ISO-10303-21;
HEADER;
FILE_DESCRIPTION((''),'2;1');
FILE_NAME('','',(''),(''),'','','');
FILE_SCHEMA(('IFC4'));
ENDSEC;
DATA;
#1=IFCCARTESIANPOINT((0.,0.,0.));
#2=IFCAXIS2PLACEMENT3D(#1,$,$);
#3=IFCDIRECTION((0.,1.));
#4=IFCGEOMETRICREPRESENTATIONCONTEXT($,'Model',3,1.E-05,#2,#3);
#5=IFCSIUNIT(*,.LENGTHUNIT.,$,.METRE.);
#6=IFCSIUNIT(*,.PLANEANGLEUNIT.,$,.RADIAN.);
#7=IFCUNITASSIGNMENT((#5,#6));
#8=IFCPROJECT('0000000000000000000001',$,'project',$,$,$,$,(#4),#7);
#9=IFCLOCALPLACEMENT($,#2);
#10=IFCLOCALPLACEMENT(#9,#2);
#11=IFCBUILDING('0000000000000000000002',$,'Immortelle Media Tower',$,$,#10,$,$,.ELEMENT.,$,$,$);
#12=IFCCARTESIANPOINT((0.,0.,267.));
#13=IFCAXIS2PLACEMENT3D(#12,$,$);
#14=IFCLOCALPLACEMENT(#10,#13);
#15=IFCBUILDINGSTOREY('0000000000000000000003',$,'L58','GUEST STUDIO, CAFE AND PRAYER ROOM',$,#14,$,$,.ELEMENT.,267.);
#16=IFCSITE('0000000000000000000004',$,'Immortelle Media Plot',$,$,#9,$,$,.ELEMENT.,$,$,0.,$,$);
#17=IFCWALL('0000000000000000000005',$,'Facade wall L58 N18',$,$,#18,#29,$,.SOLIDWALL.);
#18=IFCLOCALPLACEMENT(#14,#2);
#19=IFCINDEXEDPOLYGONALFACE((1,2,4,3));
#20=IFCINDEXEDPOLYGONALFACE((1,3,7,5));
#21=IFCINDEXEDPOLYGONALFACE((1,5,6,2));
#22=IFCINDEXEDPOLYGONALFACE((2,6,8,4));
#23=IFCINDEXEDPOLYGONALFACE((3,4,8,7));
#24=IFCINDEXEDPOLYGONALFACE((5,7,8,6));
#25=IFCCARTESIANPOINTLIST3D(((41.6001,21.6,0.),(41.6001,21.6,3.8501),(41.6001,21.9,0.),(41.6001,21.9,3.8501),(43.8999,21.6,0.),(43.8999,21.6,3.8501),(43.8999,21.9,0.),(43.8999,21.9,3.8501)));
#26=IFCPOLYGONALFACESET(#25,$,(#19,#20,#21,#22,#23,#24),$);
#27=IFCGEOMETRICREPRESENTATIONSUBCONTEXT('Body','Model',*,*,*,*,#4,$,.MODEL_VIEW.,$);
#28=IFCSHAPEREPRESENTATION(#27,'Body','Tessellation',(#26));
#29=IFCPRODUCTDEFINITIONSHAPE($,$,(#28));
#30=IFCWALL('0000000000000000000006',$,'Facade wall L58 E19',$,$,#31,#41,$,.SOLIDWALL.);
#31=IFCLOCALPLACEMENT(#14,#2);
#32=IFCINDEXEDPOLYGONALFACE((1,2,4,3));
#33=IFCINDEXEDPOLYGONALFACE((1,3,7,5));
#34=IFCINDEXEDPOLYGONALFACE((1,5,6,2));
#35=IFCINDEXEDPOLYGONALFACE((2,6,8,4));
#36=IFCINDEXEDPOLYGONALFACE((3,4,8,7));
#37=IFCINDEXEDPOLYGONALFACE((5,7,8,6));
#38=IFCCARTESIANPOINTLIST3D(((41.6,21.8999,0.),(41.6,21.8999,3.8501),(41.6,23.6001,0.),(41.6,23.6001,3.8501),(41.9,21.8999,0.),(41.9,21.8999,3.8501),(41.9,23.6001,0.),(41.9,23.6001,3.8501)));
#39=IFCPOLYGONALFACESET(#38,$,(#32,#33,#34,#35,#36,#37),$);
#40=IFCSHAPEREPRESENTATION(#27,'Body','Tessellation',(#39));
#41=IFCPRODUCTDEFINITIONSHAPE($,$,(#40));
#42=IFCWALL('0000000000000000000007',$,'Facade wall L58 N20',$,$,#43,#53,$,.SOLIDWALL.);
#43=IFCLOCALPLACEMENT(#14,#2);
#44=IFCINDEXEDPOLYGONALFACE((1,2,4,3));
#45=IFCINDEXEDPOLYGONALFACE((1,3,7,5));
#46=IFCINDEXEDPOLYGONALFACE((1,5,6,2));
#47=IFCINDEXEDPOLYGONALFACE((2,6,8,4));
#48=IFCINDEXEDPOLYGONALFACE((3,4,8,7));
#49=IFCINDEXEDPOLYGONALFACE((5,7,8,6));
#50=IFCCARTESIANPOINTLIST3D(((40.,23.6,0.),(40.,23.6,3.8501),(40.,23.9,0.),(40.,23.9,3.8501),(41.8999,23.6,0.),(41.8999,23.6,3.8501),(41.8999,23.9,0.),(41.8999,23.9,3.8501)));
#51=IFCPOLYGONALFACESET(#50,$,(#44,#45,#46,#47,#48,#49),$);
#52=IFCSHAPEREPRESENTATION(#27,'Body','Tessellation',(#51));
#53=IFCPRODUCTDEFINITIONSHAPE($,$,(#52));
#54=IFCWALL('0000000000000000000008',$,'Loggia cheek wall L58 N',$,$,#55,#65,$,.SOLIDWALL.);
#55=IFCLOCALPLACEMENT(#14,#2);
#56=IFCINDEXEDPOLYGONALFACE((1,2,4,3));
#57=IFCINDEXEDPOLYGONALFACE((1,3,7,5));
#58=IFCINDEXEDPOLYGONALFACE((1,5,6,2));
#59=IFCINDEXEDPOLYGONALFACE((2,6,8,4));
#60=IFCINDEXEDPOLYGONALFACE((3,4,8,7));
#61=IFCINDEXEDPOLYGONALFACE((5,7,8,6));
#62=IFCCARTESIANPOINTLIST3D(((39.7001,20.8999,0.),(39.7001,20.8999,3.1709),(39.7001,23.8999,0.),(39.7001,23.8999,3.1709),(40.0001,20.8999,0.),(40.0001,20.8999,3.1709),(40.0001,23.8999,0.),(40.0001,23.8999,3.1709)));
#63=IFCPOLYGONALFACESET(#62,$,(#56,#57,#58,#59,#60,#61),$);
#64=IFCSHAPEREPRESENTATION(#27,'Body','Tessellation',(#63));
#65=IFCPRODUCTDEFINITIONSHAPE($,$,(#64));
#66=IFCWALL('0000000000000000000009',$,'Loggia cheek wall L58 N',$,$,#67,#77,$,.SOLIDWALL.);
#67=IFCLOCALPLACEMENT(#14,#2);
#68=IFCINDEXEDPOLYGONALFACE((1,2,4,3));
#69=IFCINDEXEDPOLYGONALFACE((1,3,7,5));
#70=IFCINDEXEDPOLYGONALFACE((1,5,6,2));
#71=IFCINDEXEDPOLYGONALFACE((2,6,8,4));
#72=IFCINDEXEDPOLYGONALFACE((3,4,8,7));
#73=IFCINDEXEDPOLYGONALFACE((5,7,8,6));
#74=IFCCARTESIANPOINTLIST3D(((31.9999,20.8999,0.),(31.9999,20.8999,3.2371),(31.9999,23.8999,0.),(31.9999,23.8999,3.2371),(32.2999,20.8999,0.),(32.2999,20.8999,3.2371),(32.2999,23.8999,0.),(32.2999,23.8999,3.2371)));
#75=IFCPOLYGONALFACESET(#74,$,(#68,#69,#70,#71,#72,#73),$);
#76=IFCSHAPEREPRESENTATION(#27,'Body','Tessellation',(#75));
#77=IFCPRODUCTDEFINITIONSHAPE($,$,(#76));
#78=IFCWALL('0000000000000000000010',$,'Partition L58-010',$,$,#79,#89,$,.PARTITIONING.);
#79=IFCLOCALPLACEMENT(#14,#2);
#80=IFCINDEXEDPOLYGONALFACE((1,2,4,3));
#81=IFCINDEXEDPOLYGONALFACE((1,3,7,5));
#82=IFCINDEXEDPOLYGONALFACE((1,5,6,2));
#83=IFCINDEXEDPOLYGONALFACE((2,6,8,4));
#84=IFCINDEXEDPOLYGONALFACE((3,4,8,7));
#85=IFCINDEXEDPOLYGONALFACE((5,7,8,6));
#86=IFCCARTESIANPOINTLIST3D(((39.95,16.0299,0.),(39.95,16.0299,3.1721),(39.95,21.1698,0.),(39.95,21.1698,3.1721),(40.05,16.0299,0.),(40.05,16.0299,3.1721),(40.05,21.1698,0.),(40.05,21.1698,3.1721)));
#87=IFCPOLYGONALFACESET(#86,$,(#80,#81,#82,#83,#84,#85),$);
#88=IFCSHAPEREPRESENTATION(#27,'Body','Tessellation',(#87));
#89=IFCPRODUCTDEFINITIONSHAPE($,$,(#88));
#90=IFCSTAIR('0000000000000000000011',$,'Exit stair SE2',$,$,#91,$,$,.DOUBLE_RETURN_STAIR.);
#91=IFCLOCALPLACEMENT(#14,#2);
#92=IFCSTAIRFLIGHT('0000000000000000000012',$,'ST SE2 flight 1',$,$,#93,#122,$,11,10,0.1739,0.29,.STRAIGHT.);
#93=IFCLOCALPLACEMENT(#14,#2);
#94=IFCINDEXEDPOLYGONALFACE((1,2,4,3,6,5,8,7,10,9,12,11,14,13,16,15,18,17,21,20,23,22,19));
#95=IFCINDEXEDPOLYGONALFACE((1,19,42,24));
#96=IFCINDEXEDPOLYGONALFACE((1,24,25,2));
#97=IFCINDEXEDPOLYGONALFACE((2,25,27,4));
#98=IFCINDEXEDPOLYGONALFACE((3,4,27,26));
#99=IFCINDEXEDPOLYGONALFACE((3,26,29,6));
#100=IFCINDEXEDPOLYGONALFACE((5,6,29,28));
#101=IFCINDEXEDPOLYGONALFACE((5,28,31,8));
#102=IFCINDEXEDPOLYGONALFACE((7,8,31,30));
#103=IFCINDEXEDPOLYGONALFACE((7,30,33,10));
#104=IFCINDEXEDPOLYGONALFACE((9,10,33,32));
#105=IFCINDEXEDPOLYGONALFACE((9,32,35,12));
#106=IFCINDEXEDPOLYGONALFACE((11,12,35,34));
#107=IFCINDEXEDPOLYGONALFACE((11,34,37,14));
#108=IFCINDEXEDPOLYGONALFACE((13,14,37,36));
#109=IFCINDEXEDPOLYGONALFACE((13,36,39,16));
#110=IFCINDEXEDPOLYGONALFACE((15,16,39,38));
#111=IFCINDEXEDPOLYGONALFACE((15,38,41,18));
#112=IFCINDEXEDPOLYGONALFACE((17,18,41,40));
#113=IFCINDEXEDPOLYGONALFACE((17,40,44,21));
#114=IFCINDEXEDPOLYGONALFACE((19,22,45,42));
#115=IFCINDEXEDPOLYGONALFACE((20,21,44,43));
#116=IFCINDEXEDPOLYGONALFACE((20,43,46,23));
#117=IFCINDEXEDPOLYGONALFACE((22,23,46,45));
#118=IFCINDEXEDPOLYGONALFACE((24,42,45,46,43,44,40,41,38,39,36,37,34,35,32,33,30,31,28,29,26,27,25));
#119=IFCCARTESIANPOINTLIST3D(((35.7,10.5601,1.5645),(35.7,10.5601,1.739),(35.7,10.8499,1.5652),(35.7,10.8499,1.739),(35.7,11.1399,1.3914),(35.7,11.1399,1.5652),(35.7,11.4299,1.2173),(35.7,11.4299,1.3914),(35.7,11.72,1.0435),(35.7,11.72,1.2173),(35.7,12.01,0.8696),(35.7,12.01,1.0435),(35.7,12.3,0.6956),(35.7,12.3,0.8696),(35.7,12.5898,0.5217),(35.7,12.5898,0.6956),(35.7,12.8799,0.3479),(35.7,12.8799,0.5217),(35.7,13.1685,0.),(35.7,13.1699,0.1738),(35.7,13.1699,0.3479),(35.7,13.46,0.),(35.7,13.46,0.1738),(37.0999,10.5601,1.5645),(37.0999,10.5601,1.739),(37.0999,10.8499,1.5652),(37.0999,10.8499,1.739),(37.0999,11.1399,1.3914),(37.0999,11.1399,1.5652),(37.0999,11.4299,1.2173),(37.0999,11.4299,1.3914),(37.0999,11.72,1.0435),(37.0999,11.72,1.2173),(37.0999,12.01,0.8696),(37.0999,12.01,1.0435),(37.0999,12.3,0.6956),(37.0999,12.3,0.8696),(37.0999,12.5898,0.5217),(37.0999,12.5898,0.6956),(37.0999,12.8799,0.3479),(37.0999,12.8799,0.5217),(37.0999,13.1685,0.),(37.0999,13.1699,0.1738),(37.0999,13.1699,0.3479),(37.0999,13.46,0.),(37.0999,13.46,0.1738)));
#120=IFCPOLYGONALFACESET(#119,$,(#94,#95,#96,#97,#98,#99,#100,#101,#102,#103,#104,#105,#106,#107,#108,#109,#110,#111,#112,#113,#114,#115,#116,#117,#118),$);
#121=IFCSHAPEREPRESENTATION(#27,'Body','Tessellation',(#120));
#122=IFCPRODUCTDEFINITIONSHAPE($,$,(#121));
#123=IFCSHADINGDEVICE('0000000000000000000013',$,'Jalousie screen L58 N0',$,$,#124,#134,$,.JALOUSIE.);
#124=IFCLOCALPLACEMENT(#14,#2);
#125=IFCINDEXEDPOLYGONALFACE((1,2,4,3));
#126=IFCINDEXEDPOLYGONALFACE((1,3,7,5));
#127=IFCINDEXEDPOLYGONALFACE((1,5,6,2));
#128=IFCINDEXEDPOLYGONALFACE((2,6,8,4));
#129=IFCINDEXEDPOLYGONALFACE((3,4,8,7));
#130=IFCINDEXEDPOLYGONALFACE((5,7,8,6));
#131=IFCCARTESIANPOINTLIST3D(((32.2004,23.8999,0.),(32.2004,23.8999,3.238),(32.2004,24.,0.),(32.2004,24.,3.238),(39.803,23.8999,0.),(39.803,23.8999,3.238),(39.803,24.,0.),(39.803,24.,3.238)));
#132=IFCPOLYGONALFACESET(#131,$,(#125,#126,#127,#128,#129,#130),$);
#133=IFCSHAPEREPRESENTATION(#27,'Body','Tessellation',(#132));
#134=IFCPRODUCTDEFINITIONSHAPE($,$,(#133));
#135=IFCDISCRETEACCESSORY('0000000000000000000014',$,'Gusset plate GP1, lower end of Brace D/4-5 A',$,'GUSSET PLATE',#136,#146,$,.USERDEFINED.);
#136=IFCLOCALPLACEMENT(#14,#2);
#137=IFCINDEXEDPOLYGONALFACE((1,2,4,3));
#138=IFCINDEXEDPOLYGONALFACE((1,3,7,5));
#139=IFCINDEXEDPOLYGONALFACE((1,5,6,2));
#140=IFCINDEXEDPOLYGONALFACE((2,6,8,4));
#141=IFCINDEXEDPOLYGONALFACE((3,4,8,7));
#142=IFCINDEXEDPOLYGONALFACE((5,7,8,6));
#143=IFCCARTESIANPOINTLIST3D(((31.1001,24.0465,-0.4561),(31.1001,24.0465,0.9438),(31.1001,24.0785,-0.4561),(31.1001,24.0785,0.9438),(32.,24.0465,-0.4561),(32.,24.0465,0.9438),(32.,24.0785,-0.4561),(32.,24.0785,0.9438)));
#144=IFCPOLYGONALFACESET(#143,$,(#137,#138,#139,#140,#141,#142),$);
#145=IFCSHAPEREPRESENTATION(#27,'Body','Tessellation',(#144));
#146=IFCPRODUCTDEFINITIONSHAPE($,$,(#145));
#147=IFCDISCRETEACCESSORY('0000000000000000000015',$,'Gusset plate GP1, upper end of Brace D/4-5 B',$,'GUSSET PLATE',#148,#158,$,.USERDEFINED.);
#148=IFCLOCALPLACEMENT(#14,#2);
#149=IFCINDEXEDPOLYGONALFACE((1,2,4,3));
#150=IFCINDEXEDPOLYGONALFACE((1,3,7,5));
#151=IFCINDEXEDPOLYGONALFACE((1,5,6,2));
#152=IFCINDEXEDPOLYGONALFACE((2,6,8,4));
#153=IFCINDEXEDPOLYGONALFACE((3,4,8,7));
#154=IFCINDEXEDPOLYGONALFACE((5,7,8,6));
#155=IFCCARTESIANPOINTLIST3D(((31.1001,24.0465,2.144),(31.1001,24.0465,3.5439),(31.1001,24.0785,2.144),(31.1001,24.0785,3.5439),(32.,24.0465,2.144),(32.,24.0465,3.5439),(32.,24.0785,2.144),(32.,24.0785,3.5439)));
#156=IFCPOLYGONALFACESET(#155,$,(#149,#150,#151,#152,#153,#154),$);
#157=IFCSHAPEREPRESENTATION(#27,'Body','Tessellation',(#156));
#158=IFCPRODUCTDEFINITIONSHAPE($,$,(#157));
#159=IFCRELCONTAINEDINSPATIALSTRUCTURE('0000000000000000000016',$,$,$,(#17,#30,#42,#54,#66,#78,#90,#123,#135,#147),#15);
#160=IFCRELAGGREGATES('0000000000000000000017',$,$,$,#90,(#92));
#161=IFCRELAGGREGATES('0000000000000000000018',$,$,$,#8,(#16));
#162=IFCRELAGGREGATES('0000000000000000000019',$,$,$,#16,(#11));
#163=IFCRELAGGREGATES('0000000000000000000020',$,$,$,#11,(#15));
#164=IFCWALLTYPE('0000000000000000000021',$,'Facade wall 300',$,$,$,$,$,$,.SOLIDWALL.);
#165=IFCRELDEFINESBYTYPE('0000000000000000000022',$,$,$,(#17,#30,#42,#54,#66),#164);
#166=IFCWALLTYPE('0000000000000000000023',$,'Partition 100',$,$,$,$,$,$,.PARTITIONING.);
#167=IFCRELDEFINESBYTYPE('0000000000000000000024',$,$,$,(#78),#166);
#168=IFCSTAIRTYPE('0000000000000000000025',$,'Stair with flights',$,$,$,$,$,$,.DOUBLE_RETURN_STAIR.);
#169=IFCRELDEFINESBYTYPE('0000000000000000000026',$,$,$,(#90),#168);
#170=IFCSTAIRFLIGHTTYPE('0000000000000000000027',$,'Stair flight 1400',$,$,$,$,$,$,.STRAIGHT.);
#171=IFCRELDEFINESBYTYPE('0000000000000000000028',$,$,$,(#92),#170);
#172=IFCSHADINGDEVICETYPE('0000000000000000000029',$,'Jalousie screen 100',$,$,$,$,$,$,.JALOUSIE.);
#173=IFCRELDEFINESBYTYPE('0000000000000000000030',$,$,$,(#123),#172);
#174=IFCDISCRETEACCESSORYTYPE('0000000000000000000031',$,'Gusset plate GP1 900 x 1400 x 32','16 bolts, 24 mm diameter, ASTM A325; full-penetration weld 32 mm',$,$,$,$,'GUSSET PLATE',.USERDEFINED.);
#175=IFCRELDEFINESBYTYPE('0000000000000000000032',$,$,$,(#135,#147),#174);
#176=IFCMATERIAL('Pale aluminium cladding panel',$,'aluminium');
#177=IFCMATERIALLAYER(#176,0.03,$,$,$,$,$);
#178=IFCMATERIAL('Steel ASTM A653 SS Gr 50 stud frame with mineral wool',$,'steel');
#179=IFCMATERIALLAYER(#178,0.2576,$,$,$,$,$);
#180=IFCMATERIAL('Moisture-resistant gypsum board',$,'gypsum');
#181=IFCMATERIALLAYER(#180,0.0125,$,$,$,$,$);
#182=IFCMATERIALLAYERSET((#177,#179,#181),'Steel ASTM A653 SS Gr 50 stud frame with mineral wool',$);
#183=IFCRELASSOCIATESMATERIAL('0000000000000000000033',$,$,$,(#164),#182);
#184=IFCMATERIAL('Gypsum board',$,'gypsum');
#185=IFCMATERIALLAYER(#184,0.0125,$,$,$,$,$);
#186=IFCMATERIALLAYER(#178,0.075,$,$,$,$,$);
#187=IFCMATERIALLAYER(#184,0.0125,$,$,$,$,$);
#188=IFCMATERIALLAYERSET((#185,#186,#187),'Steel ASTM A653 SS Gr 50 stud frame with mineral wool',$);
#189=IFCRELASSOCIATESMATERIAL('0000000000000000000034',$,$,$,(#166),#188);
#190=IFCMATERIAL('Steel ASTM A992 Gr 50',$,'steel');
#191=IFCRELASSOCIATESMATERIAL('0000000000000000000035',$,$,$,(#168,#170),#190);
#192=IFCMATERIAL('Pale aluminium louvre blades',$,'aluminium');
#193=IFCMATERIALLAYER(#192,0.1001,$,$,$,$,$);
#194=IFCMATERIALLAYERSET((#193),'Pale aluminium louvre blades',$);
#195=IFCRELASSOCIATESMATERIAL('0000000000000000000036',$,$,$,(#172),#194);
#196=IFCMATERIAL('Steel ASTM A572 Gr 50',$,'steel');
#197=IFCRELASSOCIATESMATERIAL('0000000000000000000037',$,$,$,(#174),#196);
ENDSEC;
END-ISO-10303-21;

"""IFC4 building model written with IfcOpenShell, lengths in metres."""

from ifc_helpers import new_model, si_unit, direction, frame, frame_2d, origin, origin_2d, place, context, subcontext, project, spatial, polyline, rectangle, outline, extrude, material, layer, layer_set, material_profile, profile_set, type_object, element, aggregate, save


model = new_model("IFC4")

# Units and contexts
model_context = context("Model", 3, precision=1e-05, world=origin(), true_north=direction((0.0, 1.0)))
body_context = subcontext(model_context, "Body", "Model", "MODEL_VIEW")
ifc_project = project(units=[si_unit("LENGTHUNIT", "METRE"), si_unit("PLANEANGLEUNIT", "RADIAN")], contexts=[model_context])

# Site, building, storey
site_placement = place(None, origin())
site = spatial("IfcSite", under=ifc_project, at=site_placement, Name="Immortelle Media Plot", CompositionType="ELEMENT", RefElevation=0.0)
building_placement = place(site_placement, origin())
building = spatial("IfcBuilding", under=site, at=building_placement, Name="Immortelle Media Tower", CompositionType="ELEMENT")
storey_placement = place(building_placement, frame((0.0, 0.0, 267.0)))
storey = spatial("IfcBuildingStorey", under=building, at=storey_placement, Name="L58", Description="GUEST STUDIO, CAFE AND PRAYER ROOM", CompositionType="ELEMENT", Elevation=267.0)

# Shared definitions
ifc_material_1 = material(Name="Steel ASTM A992 Gr 50", Category="steel")

# Walls
ifc_material_2 = material(Name="Steel ASTM A653 SS Gr 50 stud frame with mineral wool", Category="steel")
ifc_material_3 = material(Name="Pale aluminium cladding panel", Category="aluminium")
ifc_layer_1 = layer(ifc_material_3, 0.03)
ifc_layer_2 = layer(ifc_material_2, 0.2576)
ifc_material_4 = material(Name="Moisture-resistant gypsum board", Category="gypsum")
ifc_layer_3 = layer(ifc_material_4, 0.0125)
ifc_layer_set_1 = layer_set([ifc_layer_1, ifc_layer_2, ifc_layer_3], Name="Steel ASTM A653 SS Gr 50 stud frame with mineral wool")
wall_type_1 = type_object("IfcWallType", Name="Facade wall 300", PredefinedType="SOLIDWALL", material=ifc_layer_set_1)
wall_1_placement = place(storey_placement, frame((43.8999, 21.75, 0.0), z_axis=(0.0, 0.0, 1.0), x_axis=(-1.0, 0.0, 0.0)))
element("IfcWall", 1, at=wall_1_placement, inside=storey, type_object=wall_type_1, Name="Facade wall L58 N18", PredefinedType="SOLIDWALL", context=body_context, shape_type="SweptSolid", body=[
    extrude(rectangle(XDim=2.2998, YDim=0.3, at=frame_2d((1.1499, 0.0))), origin(), (0.0, 0.0, 1.0), 3.8501),
])
wall_2_placement = place(storey_placement, frame((41.75, 21.8999, 0.0), z_axis=(0.0, 0.0, 1.0), x_axis=(0.0, 1.0, 0.0)))
element("IfcWall", 2, at=wall_2_placement, inside=storey, type_object=wall_type_1, Name="Facade wall L58 E19", PredefinedType="SOLIDWALL", context=body_context, shape_type="SweptSolid", body=[
    extrude(rectangle(XDim=1.7002, YDim=0.3, at=frame_2d((0.8501, 0.0))), origin(), (0.0, 0.0, 1.0), 3.8501),
])
wall_3_placement = place(storey_placement, frame((41.8999, 23.75, 0.0), z_axis=(0.0, 0.0, 1.0), x_axis=(-1.0, 0.0, 0.0)))
element("IfcWall", 3, at=wall_3_placement, inside=storey, type_object=wall_type_1, Name="Facade wall L58 N20", PredefinedType="SOLIDWALL", context=body_context, shape_type="SweptSolid", body=[
    extrude(rectangle(XDim=1.8999, YDim=0.3, at=frame_2d((0.95, 0.0))), origin(), (0.0, 0.0, 1.0), 3.8501),
])

# Walls
wall_4_placement = place(storey_placement, frame((39.8501, 23.8999, 0.0), z_axis=(0.0, 0.0, 1.0), x_axis=(0.0, -1.0, 0.0)))
element("IfcWall", 4, at=wall_4_placement, inside=storey, type_object=wall_type_1, Name="Loggia cheek wall L58 N", PredefinedType="SOLIDWALL", context=body_context, shape_type="SweptSolid", body=[
    extrude(rectangle(XDim=3.0, YDim=0.3, at=frame_2d((1.5, 0.0))), origin(), (0.0, 0.0, 1.0), 3.1709),
])
wall_5_placement = place(storey_placement, frame((32.1499, 23.8999, 0.0), z_axis=(0.0, 0.0, 1.0), x_axis=(0.0, -1.0, 0.0)))
element("IfcWall", 5, at=wall_5_placement, inside=storey, type_object=wall_type_1, Name="Loggia cheek wall L58 N", PredefinedType="SOLIDWALL", context=body_context, shape_type="SweptSolid", body=[
    extrude(rectangle(XDim=3.0, YDim=0.3, at=frame_2d((1.5, 0.0))), origin(), (0.0, 0.0, 1.0), 3.2371),
])
ifc_material_5 = material(Name="Gypsum board", Category="gypsum")
ifc_layer_4 = layer(ifc_material_5, 0.0125)
ifc_layer_5 = layer(ifc_material_2, 0.075)
ifc_layer_6 = layer(ifc_material_5, 0.0125)
ifc_layer_set_2 = layer_set([ifc_layer_4, ifc_layer_5, ifc_layer_6], Name="Steel ASTM A653 SS Gr 50 stud frame with mineral wool")
wall_type_2 = type_object("IfcWallType", Name="Partition 100", PredefinedType="PARTITIONING", material=ifc_layer_set_2)
wall_6_placement = place(storey_placement, frame((40.0, 16.03, 0.0), z_axis=(0.0, 0.0, 1.0), x_axis=(0.0, 1.0, 0.0)))
element("IfcWall", 6, at=wall_6_placement, inside=storey, type_object=wall_type_2, Name="Partition L58-010", PredefinedType="PARTITIONING", context=body_context, shape_type="SweptSolid", body=[
    extrude(rectangle(XDim=5.1399, YDim=0.1001, at=frame_2d((2.5698, 0.0))), origin(), (0.0, 0.0, 1.0), 3.1721),
])

# Stair, stair flight
stair_type = type_object("IfcStairType", Name="Stair with flights", PredefinedType="DOUBLE_RETURN_STAIR", material=ifc_material_1)
stair_placement = place(storey_placement, origin())
stair = element("IfcStair", 7, at=stair_placement, inside=storey, type_object=stair_type, Name="Exit stair SE2", PredefinedType="DOUBLE_RETURN_STAIR")
stair_flight_type = type_object("IfcStairFlightType", Name="Stair flight 1400", PredefinedType="STRAIGHT", material=ifc_material_1)
stair_flight_placement = place(storey_placement, frame((36.3999, 13.46, 0.0), z_axis=(0.0, 0.0, 1.0), x_axis=(0.0, -1.0, 0.0)))
stair_flight = element("IfcStairFlight", 8, at=stair_flight_placement, type_object=stair_flight_type, Name="ST SE2 flight 1", NumberOfRisers=11, NumberOfTreads=10, PredefinedType="STRAIGHT", RiserHeight=0.1739, TreadLength=0.29, context=body_context, shape_type="SweptSolid", body=[
    extrude(outline(polyline([(0.0, 0.0), (0.0, 0.1738), (0.29, 0.1738), (0.29, 0.3479), (0.5801, 0.3479), (0.5801, 0.5217), (0.8701, 0.5217), (0.8701, 0.6956), (1.1599, 0.6956), (1.1599, 0.8696), (1.45, 0.8696), (1.45, 1.0435), (1.74, 1.0435), (1.74, 1.2173), (2.03, 1.2173), (2.03, 1.3914), (2.3201, 1.3914), (2.3201, 1.5652), (2.6101, 1.5652), (2.6101, 1.739), (2.8999, 1.739), (2.8999, 1.9131), (2.8999, 1.5645), (0.2915, 0.0), (0.0, 0.0)])), frame((0.0, 0.7, 0.0), z_axis=(0.0, -1.0, 0.0), x_axis=(1.0, 0.0, 0.0)), (0.0, 0.0, 1.0), 1.3999),
])
aggregate(stair, [stair_flight])

# Shading device
ifc_material_6 = material(Name="Pale aluminium louvre blades", Category="aluminium")
ifc_layer_7 = layer(ifc_material_6, 0.1001)
ifc_layer_set_3 = layer_set([ifc_layer_7], Name="Pale aluminium louvre blades")
shading_device_type = type_object("IfcShadingDeviceType", Name="Jalousie screen 100", PredefinedType="JALOUSIE", material=ifc_layer_set_3)
shading_device_placement = place(storey_placement, frame((36.0017, 23.95, 0.0), z_axis=(0.0, 0.0, 1.0), x_axis=(-1.0, 0.0, 0.0)))
element("IfcShadingDevice", 9, at=shading_device_placement, inside=storey, type_object=shading_device_type, Name="Jalousie screen L58 N0", PredefinedType="JALOUSIE", context=body_context, shape_type="SweptSolid", body=[
    extrude(rectangle(XDim=7.6025, YDim=0.1001, at=origin_2d()), origin(), (0.0, 0.0, 1.0), 3.238),
])

# Discrete accessories
ifc_material_7 = material(Name="Steel ASTM A572 Gr 50", Category="steel")
ifc_material_profile_1 = material_profile(ifc_material_7, rectangle(XDim=0.032, YDim=1.3999, at=origin_2d()), Name="PL 32 x 1400")
ifc_profile_set_1 = profile_set([ifc_material_profile_1], Name="Steel ASTM A572 Gr 50")
discrete_accessory_type = type_object("IfcDiscreteAccessoryType", Name="Gusset plate GP1 900 x 1400 x 32", Description="16 bolts, 24 mm diameter, ASTM A325; full-penetration weld 32 mm", ElementType="GUSSET PLATE", PredefinedType="USERDEFINED", material=ifc_profile_set_1)
for number, where, z_axis, x_axis, name in (
    (10, (32.0, 24.0625, 0.2439), (-1.0, 0.0, 0.0), (0.0, -1.0, 0.0), "Gusset plate GP1, lower end of Brace D/4-5 A"),
    (11, (32.0, 24.0625, 2.844), (-1.0, 0.0, 0.0), (0.0, -1.0, 0.0), "Gusset plate GP1, upper end of Brace D/4-5 B"),
):
    element("IfcDiscreteAccessory", number, at=place(storey_placement, frame(where, z_axis=z_axis, x_axis=x_axis)), inside=storey, type_object=discrete_accessory_type, Name=name, ObjectType="GUSSET PLATE", PredefinedType="USERDEFINED", context=body_context, shape_type="SweptSolid", body=[
        extrude(rectangle(XDim=0.032, YDim=1.3999, at=origin_2d()), origin(), (0.0, 0.0, 1.0), 0.8999),
    ])

save(model, "model.ifc")
